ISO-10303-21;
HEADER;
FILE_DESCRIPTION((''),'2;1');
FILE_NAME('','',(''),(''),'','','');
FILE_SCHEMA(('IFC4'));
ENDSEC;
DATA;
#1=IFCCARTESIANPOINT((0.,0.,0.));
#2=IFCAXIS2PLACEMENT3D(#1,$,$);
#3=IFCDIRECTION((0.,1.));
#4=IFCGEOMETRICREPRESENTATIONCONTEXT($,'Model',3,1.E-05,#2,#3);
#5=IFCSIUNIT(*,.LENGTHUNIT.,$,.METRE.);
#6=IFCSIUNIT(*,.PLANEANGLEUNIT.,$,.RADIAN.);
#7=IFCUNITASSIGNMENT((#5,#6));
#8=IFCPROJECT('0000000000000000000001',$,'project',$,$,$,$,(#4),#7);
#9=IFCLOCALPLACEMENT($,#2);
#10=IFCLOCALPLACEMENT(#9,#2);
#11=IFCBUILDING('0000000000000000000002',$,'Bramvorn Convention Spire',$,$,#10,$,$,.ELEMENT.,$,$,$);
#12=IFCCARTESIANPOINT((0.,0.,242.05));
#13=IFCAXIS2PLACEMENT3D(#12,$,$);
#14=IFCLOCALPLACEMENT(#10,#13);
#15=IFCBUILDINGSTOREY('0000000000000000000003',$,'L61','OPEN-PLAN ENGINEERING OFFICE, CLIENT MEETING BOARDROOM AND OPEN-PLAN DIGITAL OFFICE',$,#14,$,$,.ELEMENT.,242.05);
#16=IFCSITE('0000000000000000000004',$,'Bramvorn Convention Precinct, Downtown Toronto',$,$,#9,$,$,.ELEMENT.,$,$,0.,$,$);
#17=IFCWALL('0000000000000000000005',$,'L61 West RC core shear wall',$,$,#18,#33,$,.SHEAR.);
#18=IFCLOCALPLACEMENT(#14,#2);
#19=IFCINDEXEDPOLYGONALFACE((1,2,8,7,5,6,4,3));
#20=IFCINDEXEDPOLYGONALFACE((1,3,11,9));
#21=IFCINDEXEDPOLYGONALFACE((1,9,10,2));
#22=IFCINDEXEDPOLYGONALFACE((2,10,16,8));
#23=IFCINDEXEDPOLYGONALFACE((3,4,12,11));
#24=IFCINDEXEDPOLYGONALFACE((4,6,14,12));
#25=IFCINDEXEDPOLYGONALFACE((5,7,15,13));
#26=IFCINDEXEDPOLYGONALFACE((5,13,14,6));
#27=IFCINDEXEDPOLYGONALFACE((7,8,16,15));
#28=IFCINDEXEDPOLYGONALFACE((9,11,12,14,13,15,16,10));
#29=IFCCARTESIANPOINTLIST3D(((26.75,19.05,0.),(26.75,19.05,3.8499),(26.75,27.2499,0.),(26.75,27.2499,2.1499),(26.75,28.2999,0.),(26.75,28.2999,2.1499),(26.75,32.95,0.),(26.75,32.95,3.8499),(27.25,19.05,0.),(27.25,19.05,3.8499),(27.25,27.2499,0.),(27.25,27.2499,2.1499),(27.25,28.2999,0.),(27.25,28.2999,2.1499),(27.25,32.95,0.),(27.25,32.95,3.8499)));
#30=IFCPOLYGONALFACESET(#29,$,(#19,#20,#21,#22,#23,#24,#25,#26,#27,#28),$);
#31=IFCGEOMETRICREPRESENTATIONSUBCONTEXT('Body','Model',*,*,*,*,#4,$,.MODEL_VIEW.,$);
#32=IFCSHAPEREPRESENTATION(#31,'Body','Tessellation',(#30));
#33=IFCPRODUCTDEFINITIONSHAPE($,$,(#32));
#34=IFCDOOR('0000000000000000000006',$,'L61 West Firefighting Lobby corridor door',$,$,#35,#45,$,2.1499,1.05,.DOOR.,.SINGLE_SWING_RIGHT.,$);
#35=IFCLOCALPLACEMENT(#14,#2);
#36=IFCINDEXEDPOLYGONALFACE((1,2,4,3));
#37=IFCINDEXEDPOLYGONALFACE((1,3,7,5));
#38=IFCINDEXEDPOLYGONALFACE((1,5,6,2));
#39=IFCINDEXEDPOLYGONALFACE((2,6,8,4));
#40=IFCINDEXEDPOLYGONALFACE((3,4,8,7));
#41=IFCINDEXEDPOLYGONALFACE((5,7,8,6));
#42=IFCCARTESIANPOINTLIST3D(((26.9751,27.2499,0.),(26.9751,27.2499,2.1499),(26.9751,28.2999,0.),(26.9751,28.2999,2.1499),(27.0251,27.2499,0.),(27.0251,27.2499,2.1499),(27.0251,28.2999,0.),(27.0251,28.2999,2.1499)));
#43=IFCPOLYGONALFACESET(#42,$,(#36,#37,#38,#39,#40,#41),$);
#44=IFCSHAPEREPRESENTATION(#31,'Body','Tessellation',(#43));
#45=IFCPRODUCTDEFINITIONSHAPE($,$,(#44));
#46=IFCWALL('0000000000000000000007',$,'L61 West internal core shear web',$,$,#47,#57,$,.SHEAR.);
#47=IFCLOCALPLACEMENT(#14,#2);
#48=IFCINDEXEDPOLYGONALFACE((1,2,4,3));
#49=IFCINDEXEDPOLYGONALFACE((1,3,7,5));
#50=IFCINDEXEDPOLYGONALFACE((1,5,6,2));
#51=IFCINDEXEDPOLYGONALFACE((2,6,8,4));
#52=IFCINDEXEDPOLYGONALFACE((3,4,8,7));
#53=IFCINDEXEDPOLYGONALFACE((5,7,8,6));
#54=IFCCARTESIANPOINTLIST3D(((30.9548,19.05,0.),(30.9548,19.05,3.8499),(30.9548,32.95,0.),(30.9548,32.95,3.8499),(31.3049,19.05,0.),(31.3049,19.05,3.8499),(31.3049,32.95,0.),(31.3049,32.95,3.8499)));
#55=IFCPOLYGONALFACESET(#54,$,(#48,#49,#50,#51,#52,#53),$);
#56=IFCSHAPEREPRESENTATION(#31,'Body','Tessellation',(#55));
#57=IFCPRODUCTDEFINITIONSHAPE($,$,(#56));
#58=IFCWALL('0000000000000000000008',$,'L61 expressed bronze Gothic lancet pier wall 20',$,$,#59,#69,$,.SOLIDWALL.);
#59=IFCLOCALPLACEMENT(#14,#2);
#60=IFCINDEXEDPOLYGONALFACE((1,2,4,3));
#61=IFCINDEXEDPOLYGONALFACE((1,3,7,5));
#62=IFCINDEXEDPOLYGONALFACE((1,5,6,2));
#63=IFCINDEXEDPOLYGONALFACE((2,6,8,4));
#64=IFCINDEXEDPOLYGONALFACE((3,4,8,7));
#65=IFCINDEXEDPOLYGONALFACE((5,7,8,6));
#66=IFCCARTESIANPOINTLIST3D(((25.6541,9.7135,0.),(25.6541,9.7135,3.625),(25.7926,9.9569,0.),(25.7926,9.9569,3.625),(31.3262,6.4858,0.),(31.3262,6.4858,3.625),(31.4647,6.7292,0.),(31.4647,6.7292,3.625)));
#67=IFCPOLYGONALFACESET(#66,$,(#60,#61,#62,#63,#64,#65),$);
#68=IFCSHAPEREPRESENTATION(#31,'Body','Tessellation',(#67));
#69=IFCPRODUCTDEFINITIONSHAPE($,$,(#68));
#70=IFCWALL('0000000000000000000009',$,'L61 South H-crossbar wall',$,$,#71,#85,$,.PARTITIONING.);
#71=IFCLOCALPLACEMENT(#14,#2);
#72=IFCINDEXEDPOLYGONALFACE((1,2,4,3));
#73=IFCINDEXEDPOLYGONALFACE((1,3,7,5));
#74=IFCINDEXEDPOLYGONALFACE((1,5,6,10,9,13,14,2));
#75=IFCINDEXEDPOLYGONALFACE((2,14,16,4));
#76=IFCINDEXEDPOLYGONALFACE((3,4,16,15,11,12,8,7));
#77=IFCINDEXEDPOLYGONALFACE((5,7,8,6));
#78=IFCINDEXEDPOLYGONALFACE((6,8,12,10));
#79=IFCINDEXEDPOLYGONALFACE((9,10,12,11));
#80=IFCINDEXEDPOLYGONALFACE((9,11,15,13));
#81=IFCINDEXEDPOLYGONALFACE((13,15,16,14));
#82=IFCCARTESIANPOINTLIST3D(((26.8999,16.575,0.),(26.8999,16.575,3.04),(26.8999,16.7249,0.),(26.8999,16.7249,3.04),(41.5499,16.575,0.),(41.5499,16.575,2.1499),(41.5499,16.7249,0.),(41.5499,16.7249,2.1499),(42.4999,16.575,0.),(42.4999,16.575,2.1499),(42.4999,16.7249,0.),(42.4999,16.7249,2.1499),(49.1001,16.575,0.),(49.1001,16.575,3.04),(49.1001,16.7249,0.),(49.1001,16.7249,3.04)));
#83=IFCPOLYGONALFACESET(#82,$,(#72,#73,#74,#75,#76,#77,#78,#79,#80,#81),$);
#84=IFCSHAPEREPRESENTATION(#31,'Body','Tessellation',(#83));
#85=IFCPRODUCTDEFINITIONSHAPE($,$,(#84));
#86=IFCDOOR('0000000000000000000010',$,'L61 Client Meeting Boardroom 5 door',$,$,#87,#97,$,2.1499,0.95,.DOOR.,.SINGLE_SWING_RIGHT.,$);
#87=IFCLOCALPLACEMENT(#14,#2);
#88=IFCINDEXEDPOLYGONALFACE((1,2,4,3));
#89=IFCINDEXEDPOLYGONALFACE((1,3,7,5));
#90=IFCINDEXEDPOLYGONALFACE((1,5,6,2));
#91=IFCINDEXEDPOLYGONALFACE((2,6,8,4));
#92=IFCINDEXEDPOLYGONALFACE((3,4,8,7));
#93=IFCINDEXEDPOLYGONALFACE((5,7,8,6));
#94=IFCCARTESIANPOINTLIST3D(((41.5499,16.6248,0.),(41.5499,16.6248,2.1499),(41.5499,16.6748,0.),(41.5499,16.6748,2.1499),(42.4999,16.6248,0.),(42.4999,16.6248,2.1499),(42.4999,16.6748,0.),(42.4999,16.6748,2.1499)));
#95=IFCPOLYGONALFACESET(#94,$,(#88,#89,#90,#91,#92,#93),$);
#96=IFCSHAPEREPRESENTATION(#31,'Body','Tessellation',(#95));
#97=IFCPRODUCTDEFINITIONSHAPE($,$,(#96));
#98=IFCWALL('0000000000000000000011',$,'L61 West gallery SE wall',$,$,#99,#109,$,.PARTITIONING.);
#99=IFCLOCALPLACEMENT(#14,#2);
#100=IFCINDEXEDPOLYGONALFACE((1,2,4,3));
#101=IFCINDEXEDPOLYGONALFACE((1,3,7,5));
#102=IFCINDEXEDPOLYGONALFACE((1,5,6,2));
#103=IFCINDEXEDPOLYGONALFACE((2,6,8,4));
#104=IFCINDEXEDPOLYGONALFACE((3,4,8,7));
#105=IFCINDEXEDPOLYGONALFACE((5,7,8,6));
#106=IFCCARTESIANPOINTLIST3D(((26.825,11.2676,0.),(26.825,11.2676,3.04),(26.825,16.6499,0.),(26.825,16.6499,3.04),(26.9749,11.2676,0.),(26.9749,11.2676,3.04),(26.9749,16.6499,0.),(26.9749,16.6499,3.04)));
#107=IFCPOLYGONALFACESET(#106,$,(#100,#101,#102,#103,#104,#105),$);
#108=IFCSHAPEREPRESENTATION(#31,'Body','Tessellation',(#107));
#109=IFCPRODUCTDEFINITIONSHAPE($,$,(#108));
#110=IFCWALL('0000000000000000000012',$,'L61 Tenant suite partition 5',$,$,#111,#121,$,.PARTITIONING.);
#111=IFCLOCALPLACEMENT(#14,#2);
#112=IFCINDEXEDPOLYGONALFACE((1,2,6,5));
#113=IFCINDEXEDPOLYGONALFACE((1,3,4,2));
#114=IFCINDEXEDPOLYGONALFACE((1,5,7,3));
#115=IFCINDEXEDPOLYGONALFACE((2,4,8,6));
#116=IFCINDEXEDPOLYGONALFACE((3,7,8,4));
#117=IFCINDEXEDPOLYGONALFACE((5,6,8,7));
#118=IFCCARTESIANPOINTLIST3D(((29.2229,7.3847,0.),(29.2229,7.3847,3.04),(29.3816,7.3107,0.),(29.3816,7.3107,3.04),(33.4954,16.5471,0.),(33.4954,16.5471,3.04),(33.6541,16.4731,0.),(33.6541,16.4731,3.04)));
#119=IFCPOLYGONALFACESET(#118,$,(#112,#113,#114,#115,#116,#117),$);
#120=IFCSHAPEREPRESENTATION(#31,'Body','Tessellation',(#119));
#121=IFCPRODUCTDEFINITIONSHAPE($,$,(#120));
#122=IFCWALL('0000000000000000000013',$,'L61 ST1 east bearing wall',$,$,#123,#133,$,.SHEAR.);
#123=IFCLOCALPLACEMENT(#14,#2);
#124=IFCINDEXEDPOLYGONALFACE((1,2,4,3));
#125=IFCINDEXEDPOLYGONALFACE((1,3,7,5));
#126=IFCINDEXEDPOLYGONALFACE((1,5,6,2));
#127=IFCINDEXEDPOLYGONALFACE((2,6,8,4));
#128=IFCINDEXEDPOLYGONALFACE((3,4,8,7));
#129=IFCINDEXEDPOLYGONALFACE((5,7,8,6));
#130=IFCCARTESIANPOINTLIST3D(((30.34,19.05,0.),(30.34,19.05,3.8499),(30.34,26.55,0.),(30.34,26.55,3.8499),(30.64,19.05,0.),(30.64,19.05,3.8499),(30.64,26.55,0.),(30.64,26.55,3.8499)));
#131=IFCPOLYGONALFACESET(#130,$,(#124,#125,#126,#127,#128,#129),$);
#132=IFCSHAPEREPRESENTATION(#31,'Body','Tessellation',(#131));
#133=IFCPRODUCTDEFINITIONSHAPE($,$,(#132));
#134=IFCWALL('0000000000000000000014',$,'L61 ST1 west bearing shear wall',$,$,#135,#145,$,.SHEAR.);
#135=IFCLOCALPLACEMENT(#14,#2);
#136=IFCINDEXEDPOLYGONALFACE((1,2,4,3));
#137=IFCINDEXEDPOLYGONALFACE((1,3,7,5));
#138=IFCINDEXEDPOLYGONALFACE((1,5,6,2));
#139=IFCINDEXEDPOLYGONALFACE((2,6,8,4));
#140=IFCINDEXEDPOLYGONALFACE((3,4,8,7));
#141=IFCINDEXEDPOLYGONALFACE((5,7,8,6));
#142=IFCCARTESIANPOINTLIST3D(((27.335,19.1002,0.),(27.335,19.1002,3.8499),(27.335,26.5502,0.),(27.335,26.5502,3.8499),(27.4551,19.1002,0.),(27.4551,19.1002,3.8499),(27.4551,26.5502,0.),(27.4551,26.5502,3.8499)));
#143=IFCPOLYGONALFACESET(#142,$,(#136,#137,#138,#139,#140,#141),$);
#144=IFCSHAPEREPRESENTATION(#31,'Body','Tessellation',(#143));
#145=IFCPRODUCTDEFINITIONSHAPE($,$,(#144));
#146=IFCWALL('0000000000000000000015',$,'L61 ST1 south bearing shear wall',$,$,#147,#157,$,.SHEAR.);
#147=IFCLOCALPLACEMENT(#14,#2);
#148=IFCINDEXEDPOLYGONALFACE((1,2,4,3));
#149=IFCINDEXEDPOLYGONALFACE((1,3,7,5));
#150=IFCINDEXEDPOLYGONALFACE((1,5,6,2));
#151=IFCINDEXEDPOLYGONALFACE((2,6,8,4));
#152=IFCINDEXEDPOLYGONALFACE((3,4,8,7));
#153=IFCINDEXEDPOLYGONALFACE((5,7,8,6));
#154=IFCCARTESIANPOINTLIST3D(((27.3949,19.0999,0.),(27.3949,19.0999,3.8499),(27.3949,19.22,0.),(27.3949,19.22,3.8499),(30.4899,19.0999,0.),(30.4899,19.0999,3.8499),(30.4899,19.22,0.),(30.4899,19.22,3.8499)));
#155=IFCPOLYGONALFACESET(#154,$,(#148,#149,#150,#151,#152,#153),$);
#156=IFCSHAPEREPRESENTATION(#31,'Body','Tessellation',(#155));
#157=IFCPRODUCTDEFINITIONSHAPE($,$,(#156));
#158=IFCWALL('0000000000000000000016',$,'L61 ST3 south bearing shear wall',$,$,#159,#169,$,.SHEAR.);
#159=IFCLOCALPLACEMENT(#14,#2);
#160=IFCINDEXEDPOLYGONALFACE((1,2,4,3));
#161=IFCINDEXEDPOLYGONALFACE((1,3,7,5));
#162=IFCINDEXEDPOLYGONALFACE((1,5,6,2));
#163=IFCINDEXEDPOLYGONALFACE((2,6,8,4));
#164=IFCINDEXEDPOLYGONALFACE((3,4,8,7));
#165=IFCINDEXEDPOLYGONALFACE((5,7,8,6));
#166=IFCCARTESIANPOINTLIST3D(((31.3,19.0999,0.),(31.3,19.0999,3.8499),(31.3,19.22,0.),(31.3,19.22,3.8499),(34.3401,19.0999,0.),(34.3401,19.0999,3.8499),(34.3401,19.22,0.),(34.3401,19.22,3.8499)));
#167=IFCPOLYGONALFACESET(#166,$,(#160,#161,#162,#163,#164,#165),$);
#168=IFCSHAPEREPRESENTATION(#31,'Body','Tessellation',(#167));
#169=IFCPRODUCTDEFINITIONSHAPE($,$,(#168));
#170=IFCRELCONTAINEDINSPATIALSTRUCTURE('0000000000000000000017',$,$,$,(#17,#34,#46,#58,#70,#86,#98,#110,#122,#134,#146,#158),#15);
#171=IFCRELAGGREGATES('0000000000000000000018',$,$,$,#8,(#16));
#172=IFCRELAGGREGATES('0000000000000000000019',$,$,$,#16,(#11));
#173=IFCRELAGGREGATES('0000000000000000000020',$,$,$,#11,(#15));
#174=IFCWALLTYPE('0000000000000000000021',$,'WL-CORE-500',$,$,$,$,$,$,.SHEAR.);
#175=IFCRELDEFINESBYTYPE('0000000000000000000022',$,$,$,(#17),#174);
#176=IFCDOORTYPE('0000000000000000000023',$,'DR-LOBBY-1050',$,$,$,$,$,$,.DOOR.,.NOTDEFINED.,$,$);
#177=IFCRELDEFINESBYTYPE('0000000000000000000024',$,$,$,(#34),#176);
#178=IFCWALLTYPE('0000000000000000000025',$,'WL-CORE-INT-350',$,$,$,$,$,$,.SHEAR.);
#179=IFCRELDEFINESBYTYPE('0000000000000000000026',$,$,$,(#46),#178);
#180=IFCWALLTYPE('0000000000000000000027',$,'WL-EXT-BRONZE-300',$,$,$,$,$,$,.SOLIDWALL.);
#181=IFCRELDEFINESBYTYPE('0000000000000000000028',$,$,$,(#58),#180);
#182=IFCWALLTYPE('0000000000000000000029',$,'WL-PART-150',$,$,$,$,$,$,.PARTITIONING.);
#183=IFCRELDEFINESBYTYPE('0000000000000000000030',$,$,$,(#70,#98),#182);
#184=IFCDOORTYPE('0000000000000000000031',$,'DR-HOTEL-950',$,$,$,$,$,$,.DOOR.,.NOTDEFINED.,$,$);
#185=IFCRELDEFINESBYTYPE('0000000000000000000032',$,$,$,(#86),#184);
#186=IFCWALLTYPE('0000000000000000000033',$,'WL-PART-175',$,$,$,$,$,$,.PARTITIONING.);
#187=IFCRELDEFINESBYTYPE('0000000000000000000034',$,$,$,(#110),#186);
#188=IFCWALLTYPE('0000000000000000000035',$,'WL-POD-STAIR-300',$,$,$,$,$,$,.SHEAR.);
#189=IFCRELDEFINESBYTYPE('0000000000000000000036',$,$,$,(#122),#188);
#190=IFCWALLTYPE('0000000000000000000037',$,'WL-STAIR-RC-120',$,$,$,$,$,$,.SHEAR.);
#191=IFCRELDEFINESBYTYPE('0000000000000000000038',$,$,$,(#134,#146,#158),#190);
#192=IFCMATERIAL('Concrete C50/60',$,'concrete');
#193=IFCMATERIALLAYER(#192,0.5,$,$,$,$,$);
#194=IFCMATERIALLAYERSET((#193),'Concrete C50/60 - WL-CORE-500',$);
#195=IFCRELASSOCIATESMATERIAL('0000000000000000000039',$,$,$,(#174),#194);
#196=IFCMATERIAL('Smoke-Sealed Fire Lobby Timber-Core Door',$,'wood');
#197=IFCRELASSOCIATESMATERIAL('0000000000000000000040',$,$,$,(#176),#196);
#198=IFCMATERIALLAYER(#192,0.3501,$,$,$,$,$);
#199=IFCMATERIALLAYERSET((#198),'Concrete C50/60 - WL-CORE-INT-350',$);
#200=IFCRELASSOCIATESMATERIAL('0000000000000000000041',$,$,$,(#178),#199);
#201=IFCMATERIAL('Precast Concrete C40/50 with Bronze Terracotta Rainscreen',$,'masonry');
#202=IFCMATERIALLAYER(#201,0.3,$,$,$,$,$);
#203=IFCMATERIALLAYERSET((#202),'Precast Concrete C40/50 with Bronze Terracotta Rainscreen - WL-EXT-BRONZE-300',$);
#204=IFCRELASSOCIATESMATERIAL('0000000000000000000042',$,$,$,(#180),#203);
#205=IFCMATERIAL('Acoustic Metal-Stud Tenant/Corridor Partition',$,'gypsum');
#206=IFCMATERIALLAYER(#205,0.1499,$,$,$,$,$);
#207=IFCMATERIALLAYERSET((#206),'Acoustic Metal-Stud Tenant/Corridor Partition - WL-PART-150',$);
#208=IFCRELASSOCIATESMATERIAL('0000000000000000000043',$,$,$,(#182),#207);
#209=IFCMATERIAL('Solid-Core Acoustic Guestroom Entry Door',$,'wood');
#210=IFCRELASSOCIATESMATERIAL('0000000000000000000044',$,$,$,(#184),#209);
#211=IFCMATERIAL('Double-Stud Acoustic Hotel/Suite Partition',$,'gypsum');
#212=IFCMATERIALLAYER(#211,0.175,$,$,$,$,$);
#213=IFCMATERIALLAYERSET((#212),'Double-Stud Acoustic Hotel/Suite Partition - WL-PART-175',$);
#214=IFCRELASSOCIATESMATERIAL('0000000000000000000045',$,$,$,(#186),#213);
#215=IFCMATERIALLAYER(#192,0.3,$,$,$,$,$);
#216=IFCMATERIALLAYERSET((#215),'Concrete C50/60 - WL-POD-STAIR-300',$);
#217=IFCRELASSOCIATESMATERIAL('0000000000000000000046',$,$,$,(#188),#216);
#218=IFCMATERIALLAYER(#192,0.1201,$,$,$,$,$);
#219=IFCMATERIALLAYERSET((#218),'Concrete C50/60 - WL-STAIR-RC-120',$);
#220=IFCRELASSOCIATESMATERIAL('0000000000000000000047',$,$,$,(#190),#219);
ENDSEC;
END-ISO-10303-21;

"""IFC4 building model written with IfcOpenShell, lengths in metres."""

from ifc_helpers import new_model, si_unit, direction, frame, frame_2d, origin, place, context, subcontext, project, spatial, rectangle, extrude, material, layer, layer_set, type_object, element, fill, save


model = new_model("IFC4")

# Units and contexts
model_context = context("Model", 3, precision=1e-05, world=origin(), true_north=direction((0.0, 1.0)))
body_context = subcontext(model_context, "Body", "Model", "MODEL_VIEW")
ifc_project = project(units=[si_unit("LENGTHUNIT", "METRE"), si_unit("PLANEANGLEUNIT", "RADIAN")], contexts=[model_context])

# Site, building, storey
site_placement = place(None, origin())
site = spatial("IfcSite", under=ifc_project, at=site_placement, Name="Bramvorn Convention Precinct, Downtown Toronto", CompositionType="ELEMENT", RefElevation=0.0)
building_placement = place(site_placement, origin())
building = spatial("IfcBuilding", under=site, at=building_placement, Name="Bramvorn Convention Spire", CompositionType="ELEMENT")
storey_placement = place(building_placement, frame((0.0, 0.0, 242.05)))
storey = spatial("IfcBuildingStorey", under=building, at=storey_placement, Name="L61", Description="OPEN-PLAN ENGINEERING OFFICE, CLIENT MEETING BOARDROOM AND OPEN-PLAN DIGITAL OFFICE", CompositionType="ELEMENT", Elevation=242.05)

# Wall, opening, door
ifc_material_1 = material(Name="Concrete C50/60", Category="concrete")
ifc_layer_1 = layer(ifc_material_1, 0.5)
ifc_layer_set_1 = layer_set([ifc_layer_1], Name="Concrete C50/60 - WL-CORE-500")
wall_type_1 = type_object("IfcWallType", Name="WL-CORE-500", PredefinedType="SHEAR", material=ifc_layer_set_1)
ifc_material_2 = material(Name="Smoke-Sealed Fire Lobby Timber-Core Door", Category="wood")
door_type_1 = type_object("IfcDoorType", Name="DR-LOBBY-1050", OperationType="NOTDEFINED", PredefinedType="DOOR", material=ifc_material_2)
wall_1_placement = place(storey_placement, frame((27.0, 19.05, 0.0), z_axis=(0.0, 0.0, 1.0), x_axis=(0.0, 1.0, 0.0)))
wall_1 = element("IfcWall", 1, at=wall_1_placement, inside=storey, type_object=wall_type_1, Name="L61 West RC core shear wall", PredefinedType="SHEAR", context=body_context, shape_type="SweptSolid", body=[
    extrude(rectangle(XDim=13.8999, YDim=0.5, at=frame_2d((6.95, 0.0))), origin(), (0.0, 0.0, 1.0), 3.8499),
])
opening_1_placement = place(wall_1_placement, frame((8.2, 0.0, 0.0)))
opening_1 = element("IfcOpeningElement", 2, at=opening_1_placement, cuts=wall_1, PredefinedType="OPENING", context=body_context, shape_type="SweptSolid", body=[
    extrude(rectangle(XDim=1.05, YDim=2.1499, at=frame_2d((0.5249, 1.075))), frame((0.0, 0.26, 0.0), z_axis=(0.0, -1.0, 0.0), x_axis=(1.0, 0.0, 0.0)), (0.0, 0.0, 1.0), 0.52),
])
door_1_placement = place(opening_1_placement, origin())
door_1 = element("IfcDoor", 3, at=door_1_placement, inside=storey, type_object=door_type_1, Name="L61 West Firefighting Lobby corridor door", OperationType="SINGLE_SWING_RIGHT", OverallHeight=2.1499, OverallWidth=1.05, PredefinedType="DOOR", context=body_context, shape_type="SweptSolid", body=[
    extrude(rectangle(XDim=1.05, YDim=2.1499, at=frame_2d((0.5249, 1.075))), frame((0.0, 0.0249, 0.0), z_axis=(0.0, -1.0, 0.0), x_axis=(1.0, 0.0, 0.0)), (0.0, 0.0, 1.0), 0.05),
])
fill(opening_1, door_1)

# Walls
ifc_layer_2 = layer(ifc_material_1, 0.3501)
ifc_layer_set_2 = layer_set([ifc_layer_2], Name="Concrete C50/60 - WL-CORE-INT-350")
wall_type_2 = type_object("IfcWallType", Name="WL-CORE-INT-350", PredefinedType="SHEAR", material=ifc_layer_set_2)
wall_2_placement = place(storey_placement, frame((31.1299, 19.05, 0.0), z_axis=(0.0, 0.0, 1.0), x_axis=(0.0, 1.0, 0.0)))
element("IfcWall", 4, at=wall_2_placement, inside=storey, type_object=wall_type_2, Name="L61 West internal core shear web", PredefinedType="SHEAR", context=body_context, shape_type="SweptSolid", body=[
    extrude(rectangle(XDim=13.8999, YDim=0.3501, at=frame_2d((6.95, 0.0))), origin(), (0.0, 0.0, 1.0), 3.8499),
])
ifc_material_3 = material(Name="Precast Concrete C40/50 with Bronze Terracotta Rainscreen", Category="masonry")
ifc_layer_3 = layer(ifc_material_3, 0.3)
ifc_layer_set_3 = layer_set([ifc_layer_3], Name="Precast Concrete C40/50 with Bronze Terracotta Rainscreen - WL-EXT-BRONZE-300")
wall_type_3 = type_object("IfcWallType", Name="WL-EXT-BRONZE-300", PredefinedType="SOLIDWALL", material=ifc_layer_set_3)
wall_3_placement = place(storey_placement, frame((31.3955, 6.6074, 0.0), z_axis=(0.0, 0.0, 1.0), x_axis=(-0.869128, 0.494587, 0.0)))
element("IfcWall", 5, at=wall_3_placement, inside=storey, type_object=wall_type_3, Name="L61 expressed bronze Gothic lancet pier wall 20", PredefinedType="SOLIDWALL", context=body_context, shape_type="SweptSolid", body=[
    extrude(rectangle(XDim=6.5261, YDim=0.28, at=frame_2d((3.2632, 0.0))), origin(), (0.0, 0.0, 1.0), 3.625),
])

# Wall, opening, door
ifc_material_4 = material(Name="Acoustic Metal-Stud Tenant/Corridor Partition", Category="gypsum")
ifc_layer_4 = layer(ifc_material_4, 0.1499)
ifc_layer_set_4 = layer_set([ifc_layer_4], Name="Acoustic Metal-Stud Tenant/Corridor Partition - WL-PART-150")
wall_type_4 = type_object("IfcWallType", Name="WL-PART-150", PredefinedType="PARTITIONING", material=ifc_layer_set_4)
wall_4_placement = place(storey_placement, frame((26.8999, 16.6499, 0.0), z_axis=(0.0, 0.0, 1.0), x_axis=(1.0, 0.0, 0.0)))
wall_4 = element("IfcWall", 6, at=wall_4_placement, inside=storey, type_object=wall_type_4, Name="L61 South H-crossbar wall", PredefinedType="PARTITIONING", context=body_context, shape_type="SweptSolid", body=[
    extrude(rectangle(XDim=22.2002, YDim=0.1499, at=frame_2d((11.1001, 0.0))), origin(), (0.0, 0.0, 1.0), 3.04),
])
opening_2_placement = place(wall_4_placement, frame((14.6499, 0.0, 0.0)))
opening_2 = element("IfcOpeningElement", 7, at=opening_2_placement, cuts=wall_4, PredefinedType="OPENING", context=body_context, shape_type="SweptSolid", body=[
    extrude(rectangle(XDim=0.95, YDim=2.1499, at=frame_2d((0.4751, 1.075))), frame((0.0, 0.085, 0.0), z_axis=(0.0, -1.0, 0.0), x_axis=(1.0, 0.0, 0.0)), (0.0, 0.0, 1.0), 0.1699),
])
ifc_material_5 = material(Name="Solid-Core Acoustic Guestroom Entry Door", Category="wood")
door_type_2 = type_object("IfcDoorType", Name="DR-HOTEL-950", OperationType="NOTDEFINED", PredefinedType="DOOR", material=ifc_material_5)
door_2_placement = place(opening_2_placement, origin())
door_2 = element("IfcDoor", 8, at=door_2_placement, inside=storey, type_object=door_type_2, Name="L61 Client Meeting Boardroom 5 door", OperationType="SINGLE_SWING_RIGHT", OverallHeight=2.1499, OverallWidth=0.95, PredefinedType="DOOR", context=body_context, shape_type="SweptSolid", body=[
    extrude(rectangle(XDim=0.95, YDim=2.1499, at=frame_2d((0.4751, 1.075))), frame((0.0, 0.0249, 0.0), z_axis=(0.0, -1.0, 0.0), x_axis=(1.0, 0.0, 0.0)), (0.0, 0.0, 1.0), 0.05),
])
fill(opening_2, door_2)

# Walls
wall_5_placement = place(storey_placement, frame((26.8999, 11.2676, 0.0), z_axis=(0.0, 0.0, 1.0), x_axis=(0.0, 1.0, 0.0)))
element("IfcWall", 9, at=wall_5_placement, inside=storey, type_object=wall_type_4, Name="L61 West gallery SE wall", PredefinedType="PARTITIONING", context=body_context, shape_type="SweptSolid", body=[
    extrude(rectangle(XDim=5.3823, YDim=0.1499, at=frame_2d((2.6912, 0.0))), origin(), (0.0, 0.0, 1.0), 3.04),
])
ifc_material_6 = material(Name="Double-Stud Acoustic Hotel/Suite Partition", Category="gypsum")
ifc_layer_5 = layer(ifc_material_6, 0.175)
ifc_layer_set_5 = layer_set([ifc_layer_5], Name="Double-Stud Acoustic Hotel/Suite Partition - WL-PART-175")
wall_type_5 = type_object("IfcWallType", Name="WL-PART-175", PredefinedType="PARTITIONING", material=ifc_layer_set_5)
wall_6_placement = place(storey_placement, frame((33.5747, 16.51, 0.0), z_axis=(0.0, 0.0, 1.0), x_axis=(-0.422617, -0.906308, 0.0)))
element("IfcWall", 10, at=wall_6_placement, inside=storey, type_object=wall_type_5, Name="L61 Tenant suite partition 5", PredefinedType="PARTITIONING", context=body_context, shape_type="SweptSolid", body=[
    extrude(rectangle(XDim=10.1096, YDim=0.175, at=frame_2d((5.0547, 0.0))), origin(), (0.0, 0.0, 1.0), 3.04),
])
ifc_layer_6 = layer(ifc_material_1, 0.3)
ifc_layer_set_6 = layer_set([ifc_layer_6], Name="Concrete C50/60 - WL-POD-STAIR-300")
wall_type_6 = type_object("IfcWallType", Name="WL-POD-STAIR-300", PredefinedType="SHEAR", material=ifc_layer_set_6)
wall_7_placement = place(storey_placement, frame((30.49, 19.05, 0.0), z_axis=(0.0, 0.0, 1.0), x_axis=(0.0, 1.0, 0.0)))
element("IfcWall", 11, at=wall_7_placement, inside=storey, type_object=wall_type_6, Name="L61 ST1 east bearing wall", PredefinedType="SHEAR", context=body_context, shape_type="SweptSolid", body=[
    extrude(rectangle(XDim=7.5, YDim=0.3, at=frame_2d((3.75, 0.0))), origin(), (0.0, 0.0, 1.0), 3.8499),
])
ifc_layer_7 = layer(ifc_material_1, 0.1201)
ifc_layer_set_7 = layer_set([ifc_layer_7], Name="Concrete C50/60 - WL-STAIR-RC-120")
wall_type_7 = type_object("IfcWallType", Name="WL-STAIR-RC-120", PredefinedType="SHEAR", material=ifc_layer_set_7)
wall_8_placement = place(storey_placement, frame((27.395, 19.1001, 0.0), z_axis=(0.0, 0.0, 1.0), x_axis=(0.0, 1.0, 0.0)))
element("IfcWall", 12, at=wall_8_placement, inside=storey, type_object=wall_type_7, Name="L61 ST1 west bearing shear wall", PredefinedType="SHEAR", context=body_context, shape_type="SweptSolid", body=[
    extrude(rectangle(XDim=7.45, YDim=0.1201, at=frame_2d((3.7251, 0.0))), origin(), (0.0, 0.0, 1.0), 3.8499),
])
wall_9_placement = place(storey_placement, frame((27.395, 19.1599, 0.0), z_axis=(0.0, 0.0, 1.0), x_axis=(1.0, 0.0, 0.0)))
element("IfcWall", 13, at=wall_9_placement, inside=storey, type_object=wall_type_7, Name="L61 ST1 south bearing shear wall", PredefinedType="SHEAR", context=body_context, shape_type="SweptSolid", body=[
    extrude(rectangle(XDim=3.095, YDim=0.1201, at=frame_2d((1.5474, 0.0))), origin(), (0.0, 0.0, 1.0), 3.8499),
])
wall_10_placement = place(storey_placement, frame((31.3, 19.1599, 0.0), z_axis=(0.0, 0.0, 1.0), x_axis=(1.0, 0.0, 0.0)))
element("IfcWall", 14, at=wall_10_placement, inside=storey, type_object=wall_type_7, Name="L61 ST3 south bearing shear wall", PredefinedType="SHEAR", context=body_context, shape_type="SweptSolid", body=[
    extrude(rectangle(XDim=3.04, YDim=0.1201, at=frame_2d((1.52, 0.0))), origin(), (0.0, 0.0, 1.0), 3.8499),
])

save(model, "model.ifc")
